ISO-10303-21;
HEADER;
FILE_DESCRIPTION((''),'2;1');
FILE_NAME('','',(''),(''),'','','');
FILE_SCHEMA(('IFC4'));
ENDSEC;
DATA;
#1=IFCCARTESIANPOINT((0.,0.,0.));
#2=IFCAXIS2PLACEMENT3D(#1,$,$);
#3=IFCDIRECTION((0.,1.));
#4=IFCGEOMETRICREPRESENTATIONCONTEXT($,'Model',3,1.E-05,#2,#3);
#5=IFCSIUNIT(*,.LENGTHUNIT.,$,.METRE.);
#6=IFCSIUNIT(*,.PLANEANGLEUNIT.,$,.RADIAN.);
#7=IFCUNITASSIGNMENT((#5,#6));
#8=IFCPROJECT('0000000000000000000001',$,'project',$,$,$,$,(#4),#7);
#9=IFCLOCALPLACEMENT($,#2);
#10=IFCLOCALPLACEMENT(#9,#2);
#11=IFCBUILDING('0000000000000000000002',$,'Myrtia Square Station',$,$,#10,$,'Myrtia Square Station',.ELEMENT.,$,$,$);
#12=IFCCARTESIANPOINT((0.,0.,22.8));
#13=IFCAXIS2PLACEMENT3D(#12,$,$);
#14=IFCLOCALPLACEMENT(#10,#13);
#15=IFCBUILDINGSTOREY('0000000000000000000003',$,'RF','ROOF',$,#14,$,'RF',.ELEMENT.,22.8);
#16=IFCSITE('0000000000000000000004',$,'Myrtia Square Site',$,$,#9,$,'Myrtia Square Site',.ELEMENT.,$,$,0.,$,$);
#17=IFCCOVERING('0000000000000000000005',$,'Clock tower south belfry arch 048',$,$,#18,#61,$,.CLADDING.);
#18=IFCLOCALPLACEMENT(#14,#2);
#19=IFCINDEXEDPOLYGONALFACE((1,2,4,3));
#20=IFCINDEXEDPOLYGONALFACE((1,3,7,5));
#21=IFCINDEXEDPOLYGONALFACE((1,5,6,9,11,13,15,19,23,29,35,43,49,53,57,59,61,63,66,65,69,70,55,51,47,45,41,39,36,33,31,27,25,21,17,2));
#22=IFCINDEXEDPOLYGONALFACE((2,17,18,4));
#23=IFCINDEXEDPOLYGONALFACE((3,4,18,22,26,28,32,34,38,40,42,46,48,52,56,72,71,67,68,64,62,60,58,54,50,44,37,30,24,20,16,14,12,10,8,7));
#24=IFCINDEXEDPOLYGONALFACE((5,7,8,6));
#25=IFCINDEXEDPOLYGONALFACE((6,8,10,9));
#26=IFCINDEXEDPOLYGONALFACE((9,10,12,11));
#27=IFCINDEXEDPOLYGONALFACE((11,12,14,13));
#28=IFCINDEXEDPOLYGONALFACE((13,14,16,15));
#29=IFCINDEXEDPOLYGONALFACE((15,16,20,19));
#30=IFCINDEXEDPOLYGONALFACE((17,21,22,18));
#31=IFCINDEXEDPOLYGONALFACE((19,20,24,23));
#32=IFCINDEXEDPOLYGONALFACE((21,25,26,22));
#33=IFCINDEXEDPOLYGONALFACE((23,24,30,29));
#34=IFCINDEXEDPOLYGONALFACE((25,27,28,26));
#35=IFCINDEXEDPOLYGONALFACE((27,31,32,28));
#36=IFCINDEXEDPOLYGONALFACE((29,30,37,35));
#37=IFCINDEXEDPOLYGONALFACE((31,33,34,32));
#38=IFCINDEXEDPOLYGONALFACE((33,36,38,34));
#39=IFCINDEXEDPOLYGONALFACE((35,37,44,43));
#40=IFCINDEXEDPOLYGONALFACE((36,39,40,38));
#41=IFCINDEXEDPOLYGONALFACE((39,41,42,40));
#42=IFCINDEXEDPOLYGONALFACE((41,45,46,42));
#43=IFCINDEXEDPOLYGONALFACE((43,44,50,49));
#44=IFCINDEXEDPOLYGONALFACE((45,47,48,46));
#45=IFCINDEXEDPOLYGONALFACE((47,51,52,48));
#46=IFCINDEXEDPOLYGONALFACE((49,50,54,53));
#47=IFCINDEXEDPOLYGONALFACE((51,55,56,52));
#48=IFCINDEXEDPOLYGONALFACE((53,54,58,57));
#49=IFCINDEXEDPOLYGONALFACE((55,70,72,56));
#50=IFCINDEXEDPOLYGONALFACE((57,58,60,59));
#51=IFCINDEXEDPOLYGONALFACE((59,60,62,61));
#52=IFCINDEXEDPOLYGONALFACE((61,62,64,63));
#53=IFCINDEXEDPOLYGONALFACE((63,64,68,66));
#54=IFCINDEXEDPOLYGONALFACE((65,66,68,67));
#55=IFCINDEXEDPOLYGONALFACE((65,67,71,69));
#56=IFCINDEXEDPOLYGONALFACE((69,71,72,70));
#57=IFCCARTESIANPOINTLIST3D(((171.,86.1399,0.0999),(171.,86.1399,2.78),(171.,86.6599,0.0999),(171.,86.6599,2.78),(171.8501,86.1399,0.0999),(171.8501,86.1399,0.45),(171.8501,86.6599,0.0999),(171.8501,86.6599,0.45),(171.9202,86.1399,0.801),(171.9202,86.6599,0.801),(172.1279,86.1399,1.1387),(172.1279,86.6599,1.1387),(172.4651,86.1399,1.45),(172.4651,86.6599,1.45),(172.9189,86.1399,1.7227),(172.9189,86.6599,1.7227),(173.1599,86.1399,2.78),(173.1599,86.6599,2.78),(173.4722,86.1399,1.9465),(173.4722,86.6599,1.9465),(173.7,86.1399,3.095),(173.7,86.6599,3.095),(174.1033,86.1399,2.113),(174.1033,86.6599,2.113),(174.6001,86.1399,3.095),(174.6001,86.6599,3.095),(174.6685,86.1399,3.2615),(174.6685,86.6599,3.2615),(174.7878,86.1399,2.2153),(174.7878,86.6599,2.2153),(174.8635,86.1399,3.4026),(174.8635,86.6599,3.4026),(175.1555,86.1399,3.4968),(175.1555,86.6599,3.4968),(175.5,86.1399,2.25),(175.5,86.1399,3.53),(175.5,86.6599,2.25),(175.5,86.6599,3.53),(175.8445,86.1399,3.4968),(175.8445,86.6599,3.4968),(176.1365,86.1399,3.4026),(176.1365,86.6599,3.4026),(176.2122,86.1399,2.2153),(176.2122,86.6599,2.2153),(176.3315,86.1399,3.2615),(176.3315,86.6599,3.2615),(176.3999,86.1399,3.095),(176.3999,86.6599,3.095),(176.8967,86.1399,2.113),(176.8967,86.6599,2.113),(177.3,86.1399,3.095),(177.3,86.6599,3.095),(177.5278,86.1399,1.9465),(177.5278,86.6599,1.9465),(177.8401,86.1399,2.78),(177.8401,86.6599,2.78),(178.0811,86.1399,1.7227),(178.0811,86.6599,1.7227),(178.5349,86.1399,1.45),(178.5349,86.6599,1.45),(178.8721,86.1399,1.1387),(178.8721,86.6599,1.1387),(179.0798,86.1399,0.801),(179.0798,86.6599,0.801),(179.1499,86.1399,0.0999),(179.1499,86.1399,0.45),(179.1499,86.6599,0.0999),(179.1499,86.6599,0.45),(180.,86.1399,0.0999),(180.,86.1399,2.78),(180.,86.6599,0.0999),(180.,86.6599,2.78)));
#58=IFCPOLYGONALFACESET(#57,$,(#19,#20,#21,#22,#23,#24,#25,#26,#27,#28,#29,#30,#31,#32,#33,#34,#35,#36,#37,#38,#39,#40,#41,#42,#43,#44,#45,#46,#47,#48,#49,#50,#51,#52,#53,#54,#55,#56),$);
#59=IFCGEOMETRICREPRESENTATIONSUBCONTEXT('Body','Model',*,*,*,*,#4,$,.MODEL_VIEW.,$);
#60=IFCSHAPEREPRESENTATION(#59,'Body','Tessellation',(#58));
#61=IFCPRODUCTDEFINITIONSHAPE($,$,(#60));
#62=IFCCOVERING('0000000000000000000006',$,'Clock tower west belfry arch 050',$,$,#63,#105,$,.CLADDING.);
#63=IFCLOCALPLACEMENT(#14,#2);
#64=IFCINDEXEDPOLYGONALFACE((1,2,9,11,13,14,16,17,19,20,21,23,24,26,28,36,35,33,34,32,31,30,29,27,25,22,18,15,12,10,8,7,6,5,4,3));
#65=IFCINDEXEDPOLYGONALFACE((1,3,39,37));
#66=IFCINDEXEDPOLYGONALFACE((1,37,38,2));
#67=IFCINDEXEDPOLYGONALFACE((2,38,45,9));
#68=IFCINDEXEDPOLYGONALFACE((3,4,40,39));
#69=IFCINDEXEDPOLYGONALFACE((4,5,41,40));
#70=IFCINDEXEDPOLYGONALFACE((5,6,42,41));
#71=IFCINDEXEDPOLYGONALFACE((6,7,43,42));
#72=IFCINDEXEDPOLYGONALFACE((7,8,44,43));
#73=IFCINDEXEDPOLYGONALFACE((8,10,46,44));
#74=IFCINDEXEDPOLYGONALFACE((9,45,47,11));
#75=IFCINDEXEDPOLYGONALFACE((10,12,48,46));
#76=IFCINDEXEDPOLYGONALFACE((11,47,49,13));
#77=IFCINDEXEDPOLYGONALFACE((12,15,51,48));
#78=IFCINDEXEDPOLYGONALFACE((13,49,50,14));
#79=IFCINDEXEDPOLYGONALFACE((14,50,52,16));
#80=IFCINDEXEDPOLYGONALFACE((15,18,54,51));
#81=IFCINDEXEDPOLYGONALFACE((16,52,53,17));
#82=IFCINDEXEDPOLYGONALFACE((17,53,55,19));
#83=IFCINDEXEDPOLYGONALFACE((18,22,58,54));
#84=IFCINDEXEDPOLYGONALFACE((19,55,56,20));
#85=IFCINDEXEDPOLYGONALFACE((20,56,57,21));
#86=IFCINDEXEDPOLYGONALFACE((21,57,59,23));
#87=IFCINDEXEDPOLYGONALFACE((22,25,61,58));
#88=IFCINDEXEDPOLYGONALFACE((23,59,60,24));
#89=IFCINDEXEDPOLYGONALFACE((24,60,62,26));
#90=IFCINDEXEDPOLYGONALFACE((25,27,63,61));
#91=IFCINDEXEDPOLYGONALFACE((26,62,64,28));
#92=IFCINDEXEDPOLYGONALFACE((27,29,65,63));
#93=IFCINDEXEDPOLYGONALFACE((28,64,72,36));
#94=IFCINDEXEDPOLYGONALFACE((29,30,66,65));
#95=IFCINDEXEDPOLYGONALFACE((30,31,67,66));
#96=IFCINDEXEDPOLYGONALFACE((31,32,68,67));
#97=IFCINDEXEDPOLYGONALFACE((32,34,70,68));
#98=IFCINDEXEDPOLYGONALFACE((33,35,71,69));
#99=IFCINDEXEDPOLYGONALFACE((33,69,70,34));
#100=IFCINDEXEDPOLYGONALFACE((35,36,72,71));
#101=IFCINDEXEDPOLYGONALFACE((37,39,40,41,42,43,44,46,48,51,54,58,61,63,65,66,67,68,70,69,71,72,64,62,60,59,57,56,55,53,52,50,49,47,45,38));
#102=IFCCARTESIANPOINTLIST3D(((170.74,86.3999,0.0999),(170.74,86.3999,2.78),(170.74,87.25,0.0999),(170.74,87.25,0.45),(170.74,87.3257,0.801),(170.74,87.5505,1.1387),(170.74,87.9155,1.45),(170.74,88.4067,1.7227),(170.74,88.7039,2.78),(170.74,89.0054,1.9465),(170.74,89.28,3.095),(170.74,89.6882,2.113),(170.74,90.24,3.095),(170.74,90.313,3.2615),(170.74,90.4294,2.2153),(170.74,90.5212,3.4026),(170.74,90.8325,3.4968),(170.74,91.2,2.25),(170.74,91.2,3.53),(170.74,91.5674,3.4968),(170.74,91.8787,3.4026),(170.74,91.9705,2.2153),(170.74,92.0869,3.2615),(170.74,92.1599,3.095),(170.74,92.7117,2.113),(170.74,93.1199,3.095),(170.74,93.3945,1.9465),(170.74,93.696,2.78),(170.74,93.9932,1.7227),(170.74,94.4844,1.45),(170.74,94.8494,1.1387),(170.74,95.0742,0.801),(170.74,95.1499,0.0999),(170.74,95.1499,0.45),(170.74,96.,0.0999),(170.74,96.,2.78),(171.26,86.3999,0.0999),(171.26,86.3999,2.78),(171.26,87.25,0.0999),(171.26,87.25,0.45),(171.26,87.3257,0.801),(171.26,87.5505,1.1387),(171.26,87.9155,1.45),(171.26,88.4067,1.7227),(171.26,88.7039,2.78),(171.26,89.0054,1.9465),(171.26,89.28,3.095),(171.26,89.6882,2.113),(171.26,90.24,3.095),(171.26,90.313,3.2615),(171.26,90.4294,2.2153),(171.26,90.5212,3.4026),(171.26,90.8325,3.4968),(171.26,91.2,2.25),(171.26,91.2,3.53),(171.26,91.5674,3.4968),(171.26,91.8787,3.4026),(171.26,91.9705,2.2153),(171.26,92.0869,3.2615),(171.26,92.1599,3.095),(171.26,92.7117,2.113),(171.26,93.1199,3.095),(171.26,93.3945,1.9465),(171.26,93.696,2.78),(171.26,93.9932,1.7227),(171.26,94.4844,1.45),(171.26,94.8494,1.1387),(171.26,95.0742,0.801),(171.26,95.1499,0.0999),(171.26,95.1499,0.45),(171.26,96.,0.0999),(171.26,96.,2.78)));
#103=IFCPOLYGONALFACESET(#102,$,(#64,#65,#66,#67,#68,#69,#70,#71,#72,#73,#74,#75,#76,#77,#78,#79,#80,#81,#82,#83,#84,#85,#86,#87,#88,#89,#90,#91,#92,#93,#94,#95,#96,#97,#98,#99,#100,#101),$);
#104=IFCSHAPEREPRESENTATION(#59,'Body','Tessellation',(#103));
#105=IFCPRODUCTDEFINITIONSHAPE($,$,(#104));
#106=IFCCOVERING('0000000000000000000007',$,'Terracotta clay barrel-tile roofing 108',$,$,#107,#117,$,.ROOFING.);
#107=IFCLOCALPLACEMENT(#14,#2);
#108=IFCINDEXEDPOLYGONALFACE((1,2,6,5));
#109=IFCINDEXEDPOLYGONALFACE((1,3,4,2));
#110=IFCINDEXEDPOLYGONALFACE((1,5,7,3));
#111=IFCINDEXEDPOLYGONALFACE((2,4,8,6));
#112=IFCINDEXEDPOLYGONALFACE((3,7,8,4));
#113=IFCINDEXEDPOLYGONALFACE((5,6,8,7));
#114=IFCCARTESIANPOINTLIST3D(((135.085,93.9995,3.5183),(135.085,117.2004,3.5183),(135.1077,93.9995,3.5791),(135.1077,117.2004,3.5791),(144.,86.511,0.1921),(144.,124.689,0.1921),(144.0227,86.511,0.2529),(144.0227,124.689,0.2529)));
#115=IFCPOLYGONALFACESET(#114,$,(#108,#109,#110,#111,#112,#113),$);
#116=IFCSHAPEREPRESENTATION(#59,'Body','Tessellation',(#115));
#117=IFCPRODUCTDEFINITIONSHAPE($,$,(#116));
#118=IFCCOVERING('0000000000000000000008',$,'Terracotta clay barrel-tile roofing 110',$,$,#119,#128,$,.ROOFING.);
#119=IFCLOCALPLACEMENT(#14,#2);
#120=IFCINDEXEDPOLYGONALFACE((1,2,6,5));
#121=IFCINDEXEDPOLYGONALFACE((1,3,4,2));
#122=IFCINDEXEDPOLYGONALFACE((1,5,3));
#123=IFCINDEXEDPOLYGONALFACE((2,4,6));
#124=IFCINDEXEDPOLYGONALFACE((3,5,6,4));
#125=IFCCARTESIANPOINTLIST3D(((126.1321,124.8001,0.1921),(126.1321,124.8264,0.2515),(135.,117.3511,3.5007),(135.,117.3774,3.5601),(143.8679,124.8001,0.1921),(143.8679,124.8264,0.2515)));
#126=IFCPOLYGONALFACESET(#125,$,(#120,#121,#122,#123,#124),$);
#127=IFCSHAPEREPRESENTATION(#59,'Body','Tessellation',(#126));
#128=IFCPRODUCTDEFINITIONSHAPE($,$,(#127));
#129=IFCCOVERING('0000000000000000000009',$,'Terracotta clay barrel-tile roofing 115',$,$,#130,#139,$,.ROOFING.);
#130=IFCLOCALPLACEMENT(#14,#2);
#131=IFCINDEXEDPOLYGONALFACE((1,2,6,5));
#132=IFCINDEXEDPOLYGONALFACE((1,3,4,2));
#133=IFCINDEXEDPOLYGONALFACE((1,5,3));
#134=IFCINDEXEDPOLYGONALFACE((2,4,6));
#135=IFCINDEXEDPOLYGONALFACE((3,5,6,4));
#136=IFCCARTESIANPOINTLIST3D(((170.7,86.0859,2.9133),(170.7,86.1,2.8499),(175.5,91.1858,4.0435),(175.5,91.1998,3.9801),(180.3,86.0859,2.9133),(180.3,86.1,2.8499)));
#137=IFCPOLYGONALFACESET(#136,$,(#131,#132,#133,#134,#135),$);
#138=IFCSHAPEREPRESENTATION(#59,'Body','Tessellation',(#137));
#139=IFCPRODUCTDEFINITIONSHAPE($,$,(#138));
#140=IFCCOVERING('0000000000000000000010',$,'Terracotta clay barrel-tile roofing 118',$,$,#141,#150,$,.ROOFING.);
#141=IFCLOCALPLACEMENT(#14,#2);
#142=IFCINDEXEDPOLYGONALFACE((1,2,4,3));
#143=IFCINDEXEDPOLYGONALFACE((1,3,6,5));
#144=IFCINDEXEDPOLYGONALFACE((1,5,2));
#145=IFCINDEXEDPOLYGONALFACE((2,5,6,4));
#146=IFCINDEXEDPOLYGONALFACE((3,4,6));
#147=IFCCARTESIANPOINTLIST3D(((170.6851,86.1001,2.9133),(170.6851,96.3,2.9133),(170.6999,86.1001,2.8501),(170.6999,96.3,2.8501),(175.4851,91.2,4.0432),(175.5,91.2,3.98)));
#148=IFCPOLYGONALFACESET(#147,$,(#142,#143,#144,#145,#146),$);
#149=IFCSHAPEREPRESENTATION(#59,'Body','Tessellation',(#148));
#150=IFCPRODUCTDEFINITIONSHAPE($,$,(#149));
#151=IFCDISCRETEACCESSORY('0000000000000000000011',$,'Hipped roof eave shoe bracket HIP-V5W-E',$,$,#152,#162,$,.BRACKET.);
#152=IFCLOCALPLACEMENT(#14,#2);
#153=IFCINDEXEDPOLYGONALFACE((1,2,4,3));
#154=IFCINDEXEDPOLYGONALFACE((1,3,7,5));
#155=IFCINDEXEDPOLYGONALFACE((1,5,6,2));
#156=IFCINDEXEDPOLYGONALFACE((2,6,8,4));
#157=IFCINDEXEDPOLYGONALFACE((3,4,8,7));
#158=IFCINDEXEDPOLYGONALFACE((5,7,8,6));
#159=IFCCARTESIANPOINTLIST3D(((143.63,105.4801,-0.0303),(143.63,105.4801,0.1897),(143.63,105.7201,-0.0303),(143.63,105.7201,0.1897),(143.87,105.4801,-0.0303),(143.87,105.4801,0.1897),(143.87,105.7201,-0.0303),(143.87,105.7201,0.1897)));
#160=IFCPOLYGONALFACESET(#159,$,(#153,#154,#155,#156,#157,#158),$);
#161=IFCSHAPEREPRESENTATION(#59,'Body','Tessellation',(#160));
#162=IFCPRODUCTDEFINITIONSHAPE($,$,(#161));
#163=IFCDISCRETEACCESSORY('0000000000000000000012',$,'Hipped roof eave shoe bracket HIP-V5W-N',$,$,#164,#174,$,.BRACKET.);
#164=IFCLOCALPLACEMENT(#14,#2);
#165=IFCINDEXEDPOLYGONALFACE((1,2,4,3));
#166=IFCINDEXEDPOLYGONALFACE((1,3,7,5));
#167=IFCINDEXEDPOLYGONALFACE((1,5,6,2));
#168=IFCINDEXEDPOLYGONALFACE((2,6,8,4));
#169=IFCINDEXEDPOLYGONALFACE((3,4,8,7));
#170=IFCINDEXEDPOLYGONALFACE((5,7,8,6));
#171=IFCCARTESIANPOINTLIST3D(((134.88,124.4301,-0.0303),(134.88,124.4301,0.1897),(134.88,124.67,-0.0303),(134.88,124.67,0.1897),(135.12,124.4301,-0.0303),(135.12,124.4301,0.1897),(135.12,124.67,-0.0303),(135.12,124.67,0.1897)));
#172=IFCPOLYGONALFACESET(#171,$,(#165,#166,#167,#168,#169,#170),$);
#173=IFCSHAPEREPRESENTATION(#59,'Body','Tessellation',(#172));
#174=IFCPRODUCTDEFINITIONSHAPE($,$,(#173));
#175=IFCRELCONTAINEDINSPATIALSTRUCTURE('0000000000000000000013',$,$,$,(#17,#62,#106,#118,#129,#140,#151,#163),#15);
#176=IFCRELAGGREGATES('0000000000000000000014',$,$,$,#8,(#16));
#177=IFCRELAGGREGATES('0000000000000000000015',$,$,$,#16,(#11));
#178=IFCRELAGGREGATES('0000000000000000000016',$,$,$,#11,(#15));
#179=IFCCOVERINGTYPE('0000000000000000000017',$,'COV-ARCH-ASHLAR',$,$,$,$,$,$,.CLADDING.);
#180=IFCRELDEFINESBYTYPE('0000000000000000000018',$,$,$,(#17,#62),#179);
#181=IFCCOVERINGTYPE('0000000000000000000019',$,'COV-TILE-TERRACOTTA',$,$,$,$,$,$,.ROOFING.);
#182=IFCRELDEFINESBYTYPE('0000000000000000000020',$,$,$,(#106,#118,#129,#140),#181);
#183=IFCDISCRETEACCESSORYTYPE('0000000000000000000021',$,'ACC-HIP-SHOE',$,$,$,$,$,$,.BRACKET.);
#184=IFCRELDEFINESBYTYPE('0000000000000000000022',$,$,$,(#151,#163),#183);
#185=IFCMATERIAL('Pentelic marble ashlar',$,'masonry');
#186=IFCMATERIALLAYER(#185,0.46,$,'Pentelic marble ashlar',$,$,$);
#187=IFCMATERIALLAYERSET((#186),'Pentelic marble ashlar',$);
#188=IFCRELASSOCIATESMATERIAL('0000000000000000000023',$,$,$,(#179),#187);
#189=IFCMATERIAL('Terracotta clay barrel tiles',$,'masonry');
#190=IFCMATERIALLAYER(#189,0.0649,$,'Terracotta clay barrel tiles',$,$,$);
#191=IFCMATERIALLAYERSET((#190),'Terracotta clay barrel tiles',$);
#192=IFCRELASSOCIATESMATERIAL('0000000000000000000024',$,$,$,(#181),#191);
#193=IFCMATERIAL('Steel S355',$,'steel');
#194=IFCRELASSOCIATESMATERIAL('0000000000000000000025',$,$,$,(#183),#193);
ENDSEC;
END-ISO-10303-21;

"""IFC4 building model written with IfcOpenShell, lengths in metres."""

from ifc_helpers import new_model, si_unit, direction, frame, origin, origin_2d, place, context, subcontext, project, spatial, polyline, rectangle, outline, extrude, material, layer, layer_set, type_object, element, save


model = new_model("IFC4")

# Units and contexts
model_context = context("Model", 3, precision=1e-05, world=origin(), true_north=direction((0.0, 1.0)))
body_context = subcontext(model_context, "Body", "Model", "MODEL_VIEW")
ifc_project = project(units=[si_unit("LENGTHUNIT", "METRE"), si_unit("PLANEANGLEUNIT", "RADIAN")], contexts=[model_context])

# Site, building, storey
site_placement = place(None, origin())
site = spatial("IfcSite", under=ifc_project, at=site_placement, Name="Myrtia Square Site", LongName="Myrtia Square Site", CompositionType="ELEMENT", RefElevation=0.0)
building_placement = place(site_placement, origin())
building = spatial("IfcBuilding", under=site, at=building_placement, Name="Myrtia Square Station", LongName="Myrtia Square Station", CompositionType="ELEMENT")
storey_placement = place(building_placement, frame((0.0, 0.0, 22.8)))
storey = spatial("IfcBuildingStorey", under=building, at=storey_placement, Name="RF", Description="ROOF", LongName="RF", CompositionType="ELEMENT", Elevation=22.8)

# Shared definitions
ifc_material_1 = material(Name="Steel S355", Category="steel")

# Coverings
ifc_material_2 = material(Name="Pentelic marble ashlar", Category="masonry")
ifc_layer_1 = layer(ifc_material_2, 0.46, Name="Pentelic marble ashlar")
ifc_layer_set_1 = layer_set([ifc_layer_1], Name="Pentelic marble ashlar")
covering_type_1 = type_object("IfcCoveringType", Name="COV-ARCH-ASHLAR", PredefinedType="CLADDING", material=ifc_layer_set_1)
covering_1_placement = place(storey_placement, frame((171.0, 86.3999, 0.0999), z_axis=(0.0, 0.0, 1.0), x_axis=(1.0, 0.0, 0.0)))
element("IfcCovering", 1, at=covering_1_placement, inside=storey, type_object=covering_type_1, Name="Clock tower south belfry arch 048", PredefinedType="CLADDING", context=body_context, shape_type="SweptSolid", body=[
    extrude(outline(polyline([(0.0, 0.0), (0.8501, 0.0), (0.8501, 0.3501), (0.9202, 0.7012), (1.1279, 1.0388), (1.4651, 1.3501), (1.9189, 1.6228), (2.4722, 1.8467), (3.1033, 2.0132), (3.7878, 2.1155), (4.5, 2.1501), (5.2122, 2.1155), (5.8967, 2.0132), (6.5278, 1.8467), (7.0811, 1.6228), (7.5349, 1.3501), (7.8721, 1.0388), (8.0798, 0.7012), (8.1499, 0.3501), (8.1499, 0.0), (9.0, 0.0), (9.0, 2.6802), (6.8401, 2.6802), (6.3, 2.9951), (5.3999, 2.9951), (5.3315, 3.1616), (5.1365, 3.3027), (4.8445, 3.397), (4.5, 3.4302), (4.1555, 3.397), (3.8635, 3.3027), (3.6685, 3.1616), (3.6001, 2.9951), (2.7, 2.9951), (2.1599, 2.6802), (0.0, 2.6802), (0.0, 0.0)])), frame((0.0, 0.26, 0.0), z_axis=(0.0, -1.0, 0.0), x_axis=(1.0, 0.0, 0.0)), (0.0, 0.0, 1.0), 0.52),
])
covering_2_placement = place(storey_placement, frame((171.0, 86.3999, 0.0999), z_axis=(0.0, 0.0, 1.0), x_axis=(0.0, 1.0, 0.0)))
element("IfcCovering", 2, at=covering_2_placement, inside=storey, type_object=covering_type_1, Name="Clock tower west belfry arch 050", PredefinedType="CLADDING", context=body_context, shape_type="SweptSolid", body=[
    extrude(outline(polyline([(0.0, 0.0), (0.8501, 0.0), (0.8501, 0.3501), (0.9258, 0.7012), (1.1506, 1.0388), (1.5156, 1.3501), (2.0068, 1.6228), (2.6055, 1.8467), (3.2883, 2.0132), (4.0295, 2.1155), (4.8, 2.1501), (5.5706, 2.1155), (6.3118, 2.0132), (6.9946, 1.8467), (7.5933, 1.6228), (8.0845, 1.3501), (8.4495, 1.0388), (8.6743, 0.7012), (8.75, 0.3501), (8.75, 0.0), (9.6001, 0.0), (9.6001, 2.6802), (7.2961, 2.6802), (6.72, 2.9951), (5.76, 2.9951), (5.687, 3.1616), (5.4788, 3.3027), (5.1675, 3.397), (4.8, 3.4302), (4.4326, 3.397), (4.1213, 3.3027), (3.9131, 3.1616), (3.8401, 2.9951), (2.8801, 2.9951), (2.304, 2.6802), (0.0, 2.6802), (0.0, 0.0)])), frame((0.0, 0.26, 0.0), z_axis=(0.0, -1.0, 0.0), x_axis=(1.0, 0.0, 0.0)), (0.0, 0.0, 1.0), 0.52),
])
ifc_material_3 = material(Name="Terracotta clay barrel tiles", Category="masonry")
ifc_layer_2 = layer(ifc_material_3, 0.0649, Name="Terracotta clay barrel tiles")
ifc_layer_set_2 = layer_set([ifc_layer_2], Name="Terracotta clay barrel tiles")
covering_type_2 = type_object("IfcCoveringType", Name="COV-TILE-TERRACOTTA", PredefinedType="ROOFING", material=ifc_layer_set_2)
covering_3_placement = place(storey_placement, frame((144.0227, 86.511, 0.2529), z_axis=(0.34956, 0.0, 0.936914), x_axis=(0.0, 1.0, 0.0)))
element("IfcCovering", 3, at=covering_3_placement, inside=storey, type_object=covering_type_2, Name="Terracotta clay barrel-tile roofing 108", PredefinedType="ROOFING", context=body_context, shape_type="SweptSolid", body=[
    extrude(outline(polyline([(0.0, 0.0), (38.178, 0.0), (30.6895, 9.5153), (7.4885, 9.5153), (0.0, 0.0)])), origin(), (0.0, 0.0, -1.0), 0.0649),
])
covering_4_placement = place(storey_placement, frame((143.8679, 124.8264, 0.2515), z_axis=(0.0, 0.405927, 0.913905), x_axis=(-1.0, 0.0, 0.0)))
element("IfcCovering", 4, at=covering_4_placement, inside=storey, type_object=covering_type_2, Name="Terracotta clay barrel-tile roofing 110", PredefinedType="ROOFING", context=body_context, shape_type="SweptSolid", body=[
    extrude(outline(polyline([(0.0, 0.0), (17.7358, 0.0), (8.8679, 8.1507), (0.0, 0.0)])), origin(), (0.0, 0.0, -1.0), 0.0649),
])
covering_5_placement = place(storey_placement, frame((170.7, 86.0859, 2.9133), z_axis=(0.0, -0.216351, 0.976316), x_axis=(1.0, 0.0, 0.0)))
element("IfcCovering", 5, at=covering_5_placement, inside=storey, type_object=covering_type_2, Name="Terracotta clay barrel-tile roofing 115", PredefinedType="ROOFING", context=body_context, shape_type="SweptSolid", body=[
    extrude(outline(polyline([(0.0, 0.0), (9.6001, 0.0), (4.8, 5.2236), (0.0, 0.0)])), origin(), (0.0, 0.0, -1.0), 0.0649),
])
covering_6_placement = place(storey_placement, frame((170.6851, 96.3, 2.9133), z_axis=(-0.229128, 0.0, 0.973396), x_axis=(0.0, -1.0, 0.0)))
element("IfcCovering", 6, at=covering_6_placement, inside=storey, type_object=covering_type_2, Name="Terracotta clay barrel-tile roofing 118", PredefinedType="ROOFING", context=body_context, shape_type="SweptSolid", body=[
    extrude(outline(polyline([(0.0, 0.0), (10.2, 0.0), (5.1001, 4.9312), (0.0, 0.0)])), origin(), (0.0, 0.0, -1.0), 0.0649),
])

# Discrete accessories
discrete_accessory_type = type_object("IfcDiscreteAccessoryType", Name="ACC-HIP-SHOE", PredefinedType="BRACKET", material=ifc_material_1)
for number, where, z_axis, x_axis, name in (
    (7, (143.75, 105.6001, -0.0303), (0.0, 0.0, 1.0), (1.0, 0.0, 0.0), "Hipped roof eave shoe bracket HIP-V5W-E"),
    (8, (135.0, 124.55, -0.0303), (0.0, 0.0, 1.0), (1.0, 0.0, 0.0), "Hipped roof eave shoe bracket HIP-V5W-N"),
):
    element("IfcDiscreteAccessory", number, at=place(storey_placement, frame(where, z_axis=z_axis, x_axis=x_axis)), inside=storey, type_object=discrete_accessory_type, Name=name, PredefinedType="BRACKET", context=body_context, shape_type="SweptSolid", body=[
        extrude(rectangle(XDim=0.24, YDim=0.24, at=origin_2d()), origin(), (0.0, 0.0, 1.0), 0.22),
    ])

save(model, "model.ifc")
